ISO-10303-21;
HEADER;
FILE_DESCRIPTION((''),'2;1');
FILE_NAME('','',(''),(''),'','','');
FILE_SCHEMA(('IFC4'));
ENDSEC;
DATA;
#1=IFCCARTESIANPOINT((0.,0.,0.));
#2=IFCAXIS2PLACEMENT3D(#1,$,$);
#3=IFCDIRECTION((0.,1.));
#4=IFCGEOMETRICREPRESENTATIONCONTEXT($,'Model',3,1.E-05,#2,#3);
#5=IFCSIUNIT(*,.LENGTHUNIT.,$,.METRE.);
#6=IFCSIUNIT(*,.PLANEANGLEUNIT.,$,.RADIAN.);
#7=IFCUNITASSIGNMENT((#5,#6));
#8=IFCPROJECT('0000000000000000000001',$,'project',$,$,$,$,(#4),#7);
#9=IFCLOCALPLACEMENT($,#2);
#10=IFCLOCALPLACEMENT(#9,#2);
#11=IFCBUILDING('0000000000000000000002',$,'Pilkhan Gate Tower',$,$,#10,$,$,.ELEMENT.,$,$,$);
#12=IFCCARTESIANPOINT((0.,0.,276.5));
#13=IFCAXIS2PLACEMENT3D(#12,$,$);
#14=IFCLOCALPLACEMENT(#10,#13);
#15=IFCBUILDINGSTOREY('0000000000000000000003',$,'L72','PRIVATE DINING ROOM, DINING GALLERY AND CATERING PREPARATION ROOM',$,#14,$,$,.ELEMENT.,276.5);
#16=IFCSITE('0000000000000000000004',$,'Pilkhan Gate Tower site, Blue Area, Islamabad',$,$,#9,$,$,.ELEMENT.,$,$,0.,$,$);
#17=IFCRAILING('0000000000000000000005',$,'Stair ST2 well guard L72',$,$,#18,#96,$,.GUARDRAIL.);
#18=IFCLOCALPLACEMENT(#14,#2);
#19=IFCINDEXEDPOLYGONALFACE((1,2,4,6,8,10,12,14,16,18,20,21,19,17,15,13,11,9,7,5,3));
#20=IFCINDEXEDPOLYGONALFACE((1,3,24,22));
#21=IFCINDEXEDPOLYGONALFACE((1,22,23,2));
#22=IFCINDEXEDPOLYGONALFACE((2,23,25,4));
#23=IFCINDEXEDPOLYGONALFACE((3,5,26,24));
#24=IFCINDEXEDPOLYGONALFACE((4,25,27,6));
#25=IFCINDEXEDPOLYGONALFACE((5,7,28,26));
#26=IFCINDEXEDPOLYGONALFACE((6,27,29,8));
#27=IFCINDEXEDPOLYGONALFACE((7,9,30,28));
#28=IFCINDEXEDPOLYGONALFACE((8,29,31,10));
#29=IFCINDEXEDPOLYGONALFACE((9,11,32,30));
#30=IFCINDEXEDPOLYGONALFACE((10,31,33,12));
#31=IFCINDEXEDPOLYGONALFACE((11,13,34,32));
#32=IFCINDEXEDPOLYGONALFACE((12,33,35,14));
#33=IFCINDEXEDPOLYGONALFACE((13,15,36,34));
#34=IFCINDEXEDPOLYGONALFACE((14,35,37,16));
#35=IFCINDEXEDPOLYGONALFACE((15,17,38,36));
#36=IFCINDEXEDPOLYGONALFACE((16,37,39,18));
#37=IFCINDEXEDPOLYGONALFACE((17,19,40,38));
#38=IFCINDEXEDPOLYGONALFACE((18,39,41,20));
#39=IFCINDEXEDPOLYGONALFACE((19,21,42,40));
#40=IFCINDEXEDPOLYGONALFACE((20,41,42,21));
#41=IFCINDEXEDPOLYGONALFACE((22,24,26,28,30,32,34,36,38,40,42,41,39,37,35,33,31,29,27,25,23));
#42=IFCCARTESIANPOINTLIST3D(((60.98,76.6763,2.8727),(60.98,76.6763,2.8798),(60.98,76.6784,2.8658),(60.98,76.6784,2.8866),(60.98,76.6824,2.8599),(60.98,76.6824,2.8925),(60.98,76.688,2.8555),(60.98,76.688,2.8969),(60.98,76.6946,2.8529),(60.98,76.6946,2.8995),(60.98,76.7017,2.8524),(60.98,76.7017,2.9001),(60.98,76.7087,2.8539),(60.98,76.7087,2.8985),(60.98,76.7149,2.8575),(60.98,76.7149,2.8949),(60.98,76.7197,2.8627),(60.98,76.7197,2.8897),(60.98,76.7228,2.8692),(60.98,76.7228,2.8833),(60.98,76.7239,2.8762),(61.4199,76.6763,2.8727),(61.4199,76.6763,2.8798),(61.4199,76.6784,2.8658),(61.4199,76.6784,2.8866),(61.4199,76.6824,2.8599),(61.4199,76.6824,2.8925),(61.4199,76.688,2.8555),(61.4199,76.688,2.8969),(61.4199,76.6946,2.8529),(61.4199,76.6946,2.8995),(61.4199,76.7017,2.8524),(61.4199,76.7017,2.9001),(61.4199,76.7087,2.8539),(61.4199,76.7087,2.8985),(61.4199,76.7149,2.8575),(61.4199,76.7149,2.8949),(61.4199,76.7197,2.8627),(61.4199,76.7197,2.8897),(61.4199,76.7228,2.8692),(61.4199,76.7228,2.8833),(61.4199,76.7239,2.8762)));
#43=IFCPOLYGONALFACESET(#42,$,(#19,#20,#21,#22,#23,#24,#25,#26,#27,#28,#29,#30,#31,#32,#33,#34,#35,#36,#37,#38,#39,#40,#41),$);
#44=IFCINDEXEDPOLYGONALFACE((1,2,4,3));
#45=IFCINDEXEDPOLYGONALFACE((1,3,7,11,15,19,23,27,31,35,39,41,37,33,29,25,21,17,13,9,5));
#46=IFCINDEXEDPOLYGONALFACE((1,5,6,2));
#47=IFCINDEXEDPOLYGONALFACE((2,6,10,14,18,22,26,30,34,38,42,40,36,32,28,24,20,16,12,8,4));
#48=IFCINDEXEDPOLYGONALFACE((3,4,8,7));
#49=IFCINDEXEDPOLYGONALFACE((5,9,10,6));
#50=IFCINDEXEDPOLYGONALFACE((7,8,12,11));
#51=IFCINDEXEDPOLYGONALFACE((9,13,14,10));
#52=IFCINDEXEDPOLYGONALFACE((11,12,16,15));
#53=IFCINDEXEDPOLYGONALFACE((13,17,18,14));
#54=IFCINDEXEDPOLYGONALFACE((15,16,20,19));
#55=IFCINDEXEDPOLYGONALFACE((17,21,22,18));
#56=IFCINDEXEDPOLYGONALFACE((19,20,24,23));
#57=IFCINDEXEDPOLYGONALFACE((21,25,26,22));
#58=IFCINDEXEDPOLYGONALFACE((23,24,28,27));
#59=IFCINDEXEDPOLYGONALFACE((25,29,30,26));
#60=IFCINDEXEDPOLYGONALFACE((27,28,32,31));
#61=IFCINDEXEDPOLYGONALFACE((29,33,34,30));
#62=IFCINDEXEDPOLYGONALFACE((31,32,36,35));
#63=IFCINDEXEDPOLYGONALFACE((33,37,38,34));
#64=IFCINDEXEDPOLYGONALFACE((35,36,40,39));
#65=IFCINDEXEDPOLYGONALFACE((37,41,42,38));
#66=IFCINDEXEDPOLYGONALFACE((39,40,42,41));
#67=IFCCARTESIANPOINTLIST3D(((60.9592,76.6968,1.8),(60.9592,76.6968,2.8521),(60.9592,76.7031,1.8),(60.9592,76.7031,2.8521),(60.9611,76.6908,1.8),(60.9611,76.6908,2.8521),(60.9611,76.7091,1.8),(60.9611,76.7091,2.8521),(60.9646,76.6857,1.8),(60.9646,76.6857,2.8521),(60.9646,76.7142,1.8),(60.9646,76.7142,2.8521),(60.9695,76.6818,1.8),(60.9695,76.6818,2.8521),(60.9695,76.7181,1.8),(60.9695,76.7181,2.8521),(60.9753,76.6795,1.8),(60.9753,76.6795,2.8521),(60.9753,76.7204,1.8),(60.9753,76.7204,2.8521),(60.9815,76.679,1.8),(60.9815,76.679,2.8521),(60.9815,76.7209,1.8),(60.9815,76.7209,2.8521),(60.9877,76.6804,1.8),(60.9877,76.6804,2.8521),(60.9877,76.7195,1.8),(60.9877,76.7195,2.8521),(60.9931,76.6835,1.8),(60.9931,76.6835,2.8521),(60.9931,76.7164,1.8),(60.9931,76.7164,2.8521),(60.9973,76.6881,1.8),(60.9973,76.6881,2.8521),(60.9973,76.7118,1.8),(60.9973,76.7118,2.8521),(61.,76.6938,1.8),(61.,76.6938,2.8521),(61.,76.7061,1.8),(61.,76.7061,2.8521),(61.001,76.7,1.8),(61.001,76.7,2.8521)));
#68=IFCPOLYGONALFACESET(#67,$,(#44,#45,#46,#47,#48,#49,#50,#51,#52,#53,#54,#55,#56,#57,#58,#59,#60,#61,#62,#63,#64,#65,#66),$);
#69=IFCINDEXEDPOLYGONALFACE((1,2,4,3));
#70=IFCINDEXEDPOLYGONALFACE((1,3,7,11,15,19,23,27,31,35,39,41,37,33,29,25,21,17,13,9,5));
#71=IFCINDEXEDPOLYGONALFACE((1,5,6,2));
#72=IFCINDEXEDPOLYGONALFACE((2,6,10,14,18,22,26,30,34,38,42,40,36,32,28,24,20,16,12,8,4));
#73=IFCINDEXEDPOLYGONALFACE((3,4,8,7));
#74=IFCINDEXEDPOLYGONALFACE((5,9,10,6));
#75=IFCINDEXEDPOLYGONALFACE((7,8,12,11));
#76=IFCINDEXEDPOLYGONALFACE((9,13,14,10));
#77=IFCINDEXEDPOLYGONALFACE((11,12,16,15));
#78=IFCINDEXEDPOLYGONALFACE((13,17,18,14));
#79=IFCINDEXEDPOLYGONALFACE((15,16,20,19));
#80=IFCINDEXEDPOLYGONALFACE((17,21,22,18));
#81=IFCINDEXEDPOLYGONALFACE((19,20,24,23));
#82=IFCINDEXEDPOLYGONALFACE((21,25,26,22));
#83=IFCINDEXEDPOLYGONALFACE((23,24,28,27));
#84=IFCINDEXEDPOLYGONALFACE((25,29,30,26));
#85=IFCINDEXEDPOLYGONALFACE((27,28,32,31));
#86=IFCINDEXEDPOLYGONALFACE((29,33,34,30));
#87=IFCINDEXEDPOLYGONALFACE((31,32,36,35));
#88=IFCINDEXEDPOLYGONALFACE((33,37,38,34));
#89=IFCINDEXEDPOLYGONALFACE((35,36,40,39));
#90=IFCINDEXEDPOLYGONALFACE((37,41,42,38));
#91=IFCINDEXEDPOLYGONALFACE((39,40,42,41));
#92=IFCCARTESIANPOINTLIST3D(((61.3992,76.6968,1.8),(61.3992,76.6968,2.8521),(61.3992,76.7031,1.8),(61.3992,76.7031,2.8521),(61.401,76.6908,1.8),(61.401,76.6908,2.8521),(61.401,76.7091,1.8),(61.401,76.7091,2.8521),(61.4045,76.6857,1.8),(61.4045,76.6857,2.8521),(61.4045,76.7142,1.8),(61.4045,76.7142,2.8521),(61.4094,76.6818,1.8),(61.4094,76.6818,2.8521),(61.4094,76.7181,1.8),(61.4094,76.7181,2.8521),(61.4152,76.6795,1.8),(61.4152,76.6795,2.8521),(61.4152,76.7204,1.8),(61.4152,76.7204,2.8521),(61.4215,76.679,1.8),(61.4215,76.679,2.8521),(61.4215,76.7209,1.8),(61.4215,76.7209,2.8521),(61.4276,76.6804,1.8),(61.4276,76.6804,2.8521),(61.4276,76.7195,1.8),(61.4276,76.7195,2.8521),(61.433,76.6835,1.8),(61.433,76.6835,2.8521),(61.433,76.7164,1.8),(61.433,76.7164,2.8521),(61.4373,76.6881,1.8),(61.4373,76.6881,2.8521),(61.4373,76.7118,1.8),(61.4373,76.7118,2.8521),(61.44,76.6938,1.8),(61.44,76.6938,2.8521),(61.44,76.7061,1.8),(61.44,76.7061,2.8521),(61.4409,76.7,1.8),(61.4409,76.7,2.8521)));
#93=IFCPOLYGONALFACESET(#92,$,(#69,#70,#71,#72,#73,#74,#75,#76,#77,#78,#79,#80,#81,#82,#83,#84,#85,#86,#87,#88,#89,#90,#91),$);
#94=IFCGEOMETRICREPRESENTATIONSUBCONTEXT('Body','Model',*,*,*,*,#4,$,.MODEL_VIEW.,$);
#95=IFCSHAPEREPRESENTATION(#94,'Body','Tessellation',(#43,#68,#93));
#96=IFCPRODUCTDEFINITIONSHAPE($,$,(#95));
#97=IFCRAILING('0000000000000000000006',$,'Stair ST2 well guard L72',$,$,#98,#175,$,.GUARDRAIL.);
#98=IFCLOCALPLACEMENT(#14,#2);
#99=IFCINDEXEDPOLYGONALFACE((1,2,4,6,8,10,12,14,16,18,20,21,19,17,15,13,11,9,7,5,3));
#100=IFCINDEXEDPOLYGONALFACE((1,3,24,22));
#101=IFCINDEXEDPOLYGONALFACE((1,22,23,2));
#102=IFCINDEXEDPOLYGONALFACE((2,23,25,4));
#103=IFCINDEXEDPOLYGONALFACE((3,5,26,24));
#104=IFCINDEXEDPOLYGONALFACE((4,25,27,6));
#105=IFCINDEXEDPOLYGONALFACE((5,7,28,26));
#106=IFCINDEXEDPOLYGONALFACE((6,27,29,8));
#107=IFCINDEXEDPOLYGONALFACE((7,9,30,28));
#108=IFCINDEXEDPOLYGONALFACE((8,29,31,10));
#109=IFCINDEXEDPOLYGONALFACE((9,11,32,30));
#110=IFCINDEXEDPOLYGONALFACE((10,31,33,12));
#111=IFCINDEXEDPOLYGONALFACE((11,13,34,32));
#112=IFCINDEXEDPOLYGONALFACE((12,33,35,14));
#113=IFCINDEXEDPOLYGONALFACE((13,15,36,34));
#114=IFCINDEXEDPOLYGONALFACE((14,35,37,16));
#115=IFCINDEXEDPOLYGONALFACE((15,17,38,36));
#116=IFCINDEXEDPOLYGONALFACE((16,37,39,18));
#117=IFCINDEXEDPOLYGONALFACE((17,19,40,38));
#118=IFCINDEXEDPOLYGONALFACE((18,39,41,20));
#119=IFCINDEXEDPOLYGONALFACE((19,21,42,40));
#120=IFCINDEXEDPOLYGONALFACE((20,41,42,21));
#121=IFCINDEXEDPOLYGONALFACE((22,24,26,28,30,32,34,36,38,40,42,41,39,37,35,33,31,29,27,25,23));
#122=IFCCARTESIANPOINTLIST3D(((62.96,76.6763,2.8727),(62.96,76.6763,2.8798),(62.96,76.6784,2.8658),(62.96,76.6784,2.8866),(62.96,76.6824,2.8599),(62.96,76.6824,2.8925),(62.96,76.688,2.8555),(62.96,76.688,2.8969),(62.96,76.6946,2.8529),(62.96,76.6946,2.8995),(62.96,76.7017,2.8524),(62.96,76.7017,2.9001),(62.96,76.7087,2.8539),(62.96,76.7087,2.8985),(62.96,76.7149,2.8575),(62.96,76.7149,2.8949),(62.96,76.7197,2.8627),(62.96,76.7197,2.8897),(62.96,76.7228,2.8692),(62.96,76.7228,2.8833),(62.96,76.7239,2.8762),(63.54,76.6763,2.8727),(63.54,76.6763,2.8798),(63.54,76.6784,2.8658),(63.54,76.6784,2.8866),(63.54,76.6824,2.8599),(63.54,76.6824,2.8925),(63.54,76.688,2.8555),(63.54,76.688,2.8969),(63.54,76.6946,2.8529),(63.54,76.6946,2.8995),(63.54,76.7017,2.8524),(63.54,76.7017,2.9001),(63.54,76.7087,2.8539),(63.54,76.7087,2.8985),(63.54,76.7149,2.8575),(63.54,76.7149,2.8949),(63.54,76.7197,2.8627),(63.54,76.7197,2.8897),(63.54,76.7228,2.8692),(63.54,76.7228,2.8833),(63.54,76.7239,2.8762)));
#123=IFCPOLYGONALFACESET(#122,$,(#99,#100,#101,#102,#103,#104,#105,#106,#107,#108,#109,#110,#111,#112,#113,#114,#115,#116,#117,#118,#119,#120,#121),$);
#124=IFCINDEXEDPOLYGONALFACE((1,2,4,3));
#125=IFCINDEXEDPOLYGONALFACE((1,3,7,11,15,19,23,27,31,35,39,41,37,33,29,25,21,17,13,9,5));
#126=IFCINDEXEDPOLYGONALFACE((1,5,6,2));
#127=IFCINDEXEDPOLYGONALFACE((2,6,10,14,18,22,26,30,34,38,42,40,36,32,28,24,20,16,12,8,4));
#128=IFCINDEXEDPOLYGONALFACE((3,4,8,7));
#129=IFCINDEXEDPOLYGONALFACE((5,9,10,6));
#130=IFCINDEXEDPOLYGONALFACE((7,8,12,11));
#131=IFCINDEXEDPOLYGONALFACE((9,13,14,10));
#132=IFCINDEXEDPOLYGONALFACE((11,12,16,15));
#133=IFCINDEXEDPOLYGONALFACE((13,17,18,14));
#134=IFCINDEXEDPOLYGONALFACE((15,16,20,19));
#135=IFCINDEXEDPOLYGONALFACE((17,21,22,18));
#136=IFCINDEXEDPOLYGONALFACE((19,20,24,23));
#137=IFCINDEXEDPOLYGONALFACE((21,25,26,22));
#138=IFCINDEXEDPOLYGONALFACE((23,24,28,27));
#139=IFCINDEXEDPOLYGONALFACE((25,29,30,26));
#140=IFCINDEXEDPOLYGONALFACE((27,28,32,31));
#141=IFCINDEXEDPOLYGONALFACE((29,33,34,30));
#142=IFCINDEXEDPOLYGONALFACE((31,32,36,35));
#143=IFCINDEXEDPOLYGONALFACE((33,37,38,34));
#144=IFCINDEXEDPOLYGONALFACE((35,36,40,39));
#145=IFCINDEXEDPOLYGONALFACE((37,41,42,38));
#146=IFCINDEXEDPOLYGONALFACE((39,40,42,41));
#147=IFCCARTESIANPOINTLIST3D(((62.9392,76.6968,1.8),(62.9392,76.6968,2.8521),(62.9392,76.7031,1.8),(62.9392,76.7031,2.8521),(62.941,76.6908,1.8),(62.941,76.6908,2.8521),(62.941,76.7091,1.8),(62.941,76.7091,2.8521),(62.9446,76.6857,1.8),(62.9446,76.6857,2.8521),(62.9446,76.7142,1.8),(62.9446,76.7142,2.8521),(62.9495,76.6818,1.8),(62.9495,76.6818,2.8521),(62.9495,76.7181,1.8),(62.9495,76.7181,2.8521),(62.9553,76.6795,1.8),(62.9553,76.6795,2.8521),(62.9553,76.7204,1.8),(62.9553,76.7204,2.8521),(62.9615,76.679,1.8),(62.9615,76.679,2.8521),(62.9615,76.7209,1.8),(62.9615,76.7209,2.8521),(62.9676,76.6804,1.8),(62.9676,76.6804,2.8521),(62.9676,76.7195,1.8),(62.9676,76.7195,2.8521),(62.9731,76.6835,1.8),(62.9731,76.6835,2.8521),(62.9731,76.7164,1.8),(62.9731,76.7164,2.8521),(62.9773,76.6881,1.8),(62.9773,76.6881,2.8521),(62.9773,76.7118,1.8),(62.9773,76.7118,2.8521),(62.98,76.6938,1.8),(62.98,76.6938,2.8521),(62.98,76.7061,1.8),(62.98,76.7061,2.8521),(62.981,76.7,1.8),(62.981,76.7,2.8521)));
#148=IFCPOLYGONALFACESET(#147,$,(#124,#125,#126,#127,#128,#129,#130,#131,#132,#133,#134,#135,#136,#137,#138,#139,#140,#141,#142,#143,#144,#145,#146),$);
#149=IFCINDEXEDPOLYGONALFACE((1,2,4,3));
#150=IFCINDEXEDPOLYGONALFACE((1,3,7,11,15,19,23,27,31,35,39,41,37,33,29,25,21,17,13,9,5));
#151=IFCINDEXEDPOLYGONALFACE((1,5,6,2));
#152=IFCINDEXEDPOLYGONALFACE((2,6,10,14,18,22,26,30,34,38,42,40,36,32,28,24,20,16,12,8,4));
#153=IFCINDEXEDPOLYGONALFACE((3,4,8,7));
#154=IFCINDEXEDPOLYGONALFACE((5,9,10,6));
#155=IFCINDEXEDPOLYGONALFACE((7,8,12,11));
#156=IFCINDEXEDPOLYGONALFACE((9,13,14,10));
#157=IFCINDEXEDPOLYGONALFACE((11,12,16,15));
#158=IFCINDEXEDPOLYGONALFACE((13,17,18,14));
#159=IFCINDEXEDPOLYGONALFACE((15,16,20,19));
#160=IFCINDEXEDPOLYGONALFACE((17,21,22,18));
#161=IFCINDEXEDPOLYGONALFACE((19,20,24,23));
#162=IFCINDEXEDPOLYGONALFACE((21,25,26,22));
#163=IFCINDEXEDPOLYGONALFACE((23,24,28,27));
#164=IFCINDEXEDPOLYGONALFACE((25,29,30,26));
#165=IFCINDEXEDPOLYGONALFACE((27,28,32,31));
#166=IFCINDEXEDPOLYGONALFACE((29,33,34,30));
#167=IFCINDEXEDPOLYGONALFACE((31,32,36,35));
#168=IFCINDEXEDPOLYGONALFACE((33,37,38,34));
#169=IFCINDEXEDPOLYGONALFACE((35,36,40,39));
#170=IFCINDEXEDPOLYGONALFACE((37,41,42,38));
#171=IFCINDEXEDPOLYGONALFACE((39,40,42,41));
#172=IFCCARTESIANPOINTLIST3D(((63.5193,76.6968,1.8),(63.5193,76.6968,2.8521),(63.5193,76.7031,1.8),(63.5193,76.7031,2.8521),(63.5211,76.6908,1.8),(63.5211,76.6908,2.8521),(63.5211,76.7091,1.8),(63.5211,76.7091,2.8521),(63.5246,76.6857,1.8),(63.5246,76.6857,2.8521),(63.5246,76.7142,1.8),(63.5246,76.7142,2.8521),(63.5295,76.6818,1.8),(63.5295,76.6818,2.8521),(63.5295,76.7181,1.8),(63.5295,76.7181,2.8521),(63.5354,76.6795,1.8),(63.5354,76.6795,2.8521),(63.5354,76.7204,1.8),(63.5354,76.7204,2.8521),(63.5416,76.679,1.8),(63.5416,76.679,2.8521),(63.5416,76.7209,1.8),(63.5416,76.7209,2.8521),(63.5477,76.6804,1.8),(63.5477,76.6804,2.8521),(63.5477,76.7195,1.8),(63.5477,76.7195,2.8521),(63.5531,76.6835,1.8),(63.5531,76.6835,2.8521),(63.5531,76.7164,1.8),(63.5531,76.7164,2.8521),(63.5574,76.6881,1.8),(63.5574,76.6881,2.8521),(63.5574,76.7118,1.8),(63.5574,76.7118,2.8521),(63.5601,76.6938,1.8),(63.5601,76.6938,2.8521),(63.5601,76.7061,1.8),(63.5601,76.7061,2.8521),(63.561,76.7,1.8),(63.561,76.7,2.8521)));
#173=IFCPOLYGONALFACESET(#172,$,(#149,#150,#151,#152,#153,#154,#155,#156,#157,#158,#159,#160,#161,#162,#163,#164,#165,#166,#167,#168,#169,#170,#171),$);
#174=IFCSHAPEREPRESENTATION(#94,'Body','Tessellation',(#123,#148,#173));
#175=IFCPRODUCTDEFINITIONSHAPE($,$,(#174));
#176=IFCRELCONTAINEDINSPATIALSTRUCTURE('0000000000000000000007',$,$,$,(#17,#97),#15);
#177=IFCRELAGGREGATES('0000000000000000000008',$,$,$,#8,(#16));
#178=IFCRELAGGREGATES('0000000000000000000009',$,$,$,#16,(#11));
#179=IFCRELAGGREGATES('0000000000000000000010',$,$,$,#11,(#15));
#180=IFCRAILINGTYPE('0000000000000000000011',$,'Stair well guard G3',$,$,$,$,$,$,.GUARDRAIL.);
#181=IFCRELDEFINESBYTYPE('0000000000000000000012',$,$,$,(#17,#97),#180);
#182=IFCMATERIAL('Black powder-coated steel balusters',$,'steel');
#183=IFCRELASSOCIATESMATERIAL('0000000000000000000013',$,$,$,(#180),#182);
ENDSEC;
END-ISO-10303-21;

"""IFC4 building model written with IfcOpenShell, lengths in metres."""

from ifc_helpers import new_model, si_unit, direction, frame, origin, origin_2d, place, context, subcontext, project, spatial, circle, extrude, material, type_object, element, save


model = new_model("IFC4")

# Units and contexts
model_context = context("Model", 3, precision=1e-05, world=origin(), true_north=direction((0.0, 1.0)))
body_context = subcontext(model_context, "Body", "Model", "MODEL_VIEW")
ifc_project = project(units=[si_unit("LENGTHUNIT", "METRE"), si_unit("PLANEANGLEUNIT", "RADIAN")], contexts=[model_context])

# Site, building, storey
site_placement = place(None, origin())
site = spatial("IfcSite", under=ifc_project, at=site_placement, Name="Pilkhan Gate Tower site, Blue Area, Islamabad", CompositionType="ELEMENT", RefElevation=0.0)
building_placement = place(site_placement, origin())
building = spatial("IfcBuilding", under=site, at=building_placement, Name="Pilkhan Gate Tower", CompositionType="ELEMENT")
storey_placement = place(building_placement, frame((0.0, 0.0, 276.5)))
storey = spatial("IfcBuildingStorey", under=building, at=storey_placement, Name="L72", Description="PRIVATE DINING ROOM, DINING GALLERY AND CATERING PREPARATION ROOM", CompositionType="ELEMENT", Elevation=276.5)

# Railings
ifc_material_1 = material(Name="Black powder-coated steel balusters", Category="steel")
railing_type_1 = type_object("IfcRailingType", Name="Stair well guard G3", PredefinedType="GUARDRAIL", material=ifc_material_1)
railing_1_placement = place(storey_placement, frame((60.98, 76.7, 1.8)))
element("IfcRailing", 1, at=railing_1_placement, inside=storey, type_object=railing_type_1, Name="Stair ST2 well guard L72", PredefinedType="GUARDRAIL", context=body_context, shape_type="SweptSolid", body=[
    extrude(circle(Radius=0.0239, at=origin_2d()), frame((0.0, 0.0, 1.0762), z_axis=(1.0, 0.0, 0.0), x_axis=(0.0, 1.0, 0.0)), (0.0, 0.0, 1.0), 0.4399),
    extrude(circle(Radius=0.021, at=origin_2d()), origin(), (0.0, 0.0, 1.0), 1.052),
    extrude(circle(Radius=0.021, at=origin_2d()), frame((0.4399, 0.0, 0.0)), (0.0, 0.0, 1.0), 1.052),
])
railing_2_placement = place(storey_placement, frame((62.96, 76.7, 1.8)))
element("IfcRailing", 2, at=railing_2_placement, inside=storey, type_object=railing_type_1, Name="Stair ST2 well guard L72", PredefinedType="GUARDRAIL", context=body_context, shape_type="SweptSolid", body=[
    extrude(circle(Radius=0.0239, at=origin_2d()), frame((0.0, 0.0, 1.0762), z_axis=(1.0, 0.0, 0.0), x_axis=(0.0, 1.0, 0.0)), (0.0, 0.0, 1.0), 0.5801),
    extrude(circle(Radius=0.021, at=origin_2d()), origin(), (0.0, 0.0, 1.0), 1.052),
    extrude(circle(Radius=0.021, at=origin_2d()), frame((0.5801, 0.0, 0.0)), (0.0, 0.0, 1.0), 1.052),
])

save(model, "model.ifc")
